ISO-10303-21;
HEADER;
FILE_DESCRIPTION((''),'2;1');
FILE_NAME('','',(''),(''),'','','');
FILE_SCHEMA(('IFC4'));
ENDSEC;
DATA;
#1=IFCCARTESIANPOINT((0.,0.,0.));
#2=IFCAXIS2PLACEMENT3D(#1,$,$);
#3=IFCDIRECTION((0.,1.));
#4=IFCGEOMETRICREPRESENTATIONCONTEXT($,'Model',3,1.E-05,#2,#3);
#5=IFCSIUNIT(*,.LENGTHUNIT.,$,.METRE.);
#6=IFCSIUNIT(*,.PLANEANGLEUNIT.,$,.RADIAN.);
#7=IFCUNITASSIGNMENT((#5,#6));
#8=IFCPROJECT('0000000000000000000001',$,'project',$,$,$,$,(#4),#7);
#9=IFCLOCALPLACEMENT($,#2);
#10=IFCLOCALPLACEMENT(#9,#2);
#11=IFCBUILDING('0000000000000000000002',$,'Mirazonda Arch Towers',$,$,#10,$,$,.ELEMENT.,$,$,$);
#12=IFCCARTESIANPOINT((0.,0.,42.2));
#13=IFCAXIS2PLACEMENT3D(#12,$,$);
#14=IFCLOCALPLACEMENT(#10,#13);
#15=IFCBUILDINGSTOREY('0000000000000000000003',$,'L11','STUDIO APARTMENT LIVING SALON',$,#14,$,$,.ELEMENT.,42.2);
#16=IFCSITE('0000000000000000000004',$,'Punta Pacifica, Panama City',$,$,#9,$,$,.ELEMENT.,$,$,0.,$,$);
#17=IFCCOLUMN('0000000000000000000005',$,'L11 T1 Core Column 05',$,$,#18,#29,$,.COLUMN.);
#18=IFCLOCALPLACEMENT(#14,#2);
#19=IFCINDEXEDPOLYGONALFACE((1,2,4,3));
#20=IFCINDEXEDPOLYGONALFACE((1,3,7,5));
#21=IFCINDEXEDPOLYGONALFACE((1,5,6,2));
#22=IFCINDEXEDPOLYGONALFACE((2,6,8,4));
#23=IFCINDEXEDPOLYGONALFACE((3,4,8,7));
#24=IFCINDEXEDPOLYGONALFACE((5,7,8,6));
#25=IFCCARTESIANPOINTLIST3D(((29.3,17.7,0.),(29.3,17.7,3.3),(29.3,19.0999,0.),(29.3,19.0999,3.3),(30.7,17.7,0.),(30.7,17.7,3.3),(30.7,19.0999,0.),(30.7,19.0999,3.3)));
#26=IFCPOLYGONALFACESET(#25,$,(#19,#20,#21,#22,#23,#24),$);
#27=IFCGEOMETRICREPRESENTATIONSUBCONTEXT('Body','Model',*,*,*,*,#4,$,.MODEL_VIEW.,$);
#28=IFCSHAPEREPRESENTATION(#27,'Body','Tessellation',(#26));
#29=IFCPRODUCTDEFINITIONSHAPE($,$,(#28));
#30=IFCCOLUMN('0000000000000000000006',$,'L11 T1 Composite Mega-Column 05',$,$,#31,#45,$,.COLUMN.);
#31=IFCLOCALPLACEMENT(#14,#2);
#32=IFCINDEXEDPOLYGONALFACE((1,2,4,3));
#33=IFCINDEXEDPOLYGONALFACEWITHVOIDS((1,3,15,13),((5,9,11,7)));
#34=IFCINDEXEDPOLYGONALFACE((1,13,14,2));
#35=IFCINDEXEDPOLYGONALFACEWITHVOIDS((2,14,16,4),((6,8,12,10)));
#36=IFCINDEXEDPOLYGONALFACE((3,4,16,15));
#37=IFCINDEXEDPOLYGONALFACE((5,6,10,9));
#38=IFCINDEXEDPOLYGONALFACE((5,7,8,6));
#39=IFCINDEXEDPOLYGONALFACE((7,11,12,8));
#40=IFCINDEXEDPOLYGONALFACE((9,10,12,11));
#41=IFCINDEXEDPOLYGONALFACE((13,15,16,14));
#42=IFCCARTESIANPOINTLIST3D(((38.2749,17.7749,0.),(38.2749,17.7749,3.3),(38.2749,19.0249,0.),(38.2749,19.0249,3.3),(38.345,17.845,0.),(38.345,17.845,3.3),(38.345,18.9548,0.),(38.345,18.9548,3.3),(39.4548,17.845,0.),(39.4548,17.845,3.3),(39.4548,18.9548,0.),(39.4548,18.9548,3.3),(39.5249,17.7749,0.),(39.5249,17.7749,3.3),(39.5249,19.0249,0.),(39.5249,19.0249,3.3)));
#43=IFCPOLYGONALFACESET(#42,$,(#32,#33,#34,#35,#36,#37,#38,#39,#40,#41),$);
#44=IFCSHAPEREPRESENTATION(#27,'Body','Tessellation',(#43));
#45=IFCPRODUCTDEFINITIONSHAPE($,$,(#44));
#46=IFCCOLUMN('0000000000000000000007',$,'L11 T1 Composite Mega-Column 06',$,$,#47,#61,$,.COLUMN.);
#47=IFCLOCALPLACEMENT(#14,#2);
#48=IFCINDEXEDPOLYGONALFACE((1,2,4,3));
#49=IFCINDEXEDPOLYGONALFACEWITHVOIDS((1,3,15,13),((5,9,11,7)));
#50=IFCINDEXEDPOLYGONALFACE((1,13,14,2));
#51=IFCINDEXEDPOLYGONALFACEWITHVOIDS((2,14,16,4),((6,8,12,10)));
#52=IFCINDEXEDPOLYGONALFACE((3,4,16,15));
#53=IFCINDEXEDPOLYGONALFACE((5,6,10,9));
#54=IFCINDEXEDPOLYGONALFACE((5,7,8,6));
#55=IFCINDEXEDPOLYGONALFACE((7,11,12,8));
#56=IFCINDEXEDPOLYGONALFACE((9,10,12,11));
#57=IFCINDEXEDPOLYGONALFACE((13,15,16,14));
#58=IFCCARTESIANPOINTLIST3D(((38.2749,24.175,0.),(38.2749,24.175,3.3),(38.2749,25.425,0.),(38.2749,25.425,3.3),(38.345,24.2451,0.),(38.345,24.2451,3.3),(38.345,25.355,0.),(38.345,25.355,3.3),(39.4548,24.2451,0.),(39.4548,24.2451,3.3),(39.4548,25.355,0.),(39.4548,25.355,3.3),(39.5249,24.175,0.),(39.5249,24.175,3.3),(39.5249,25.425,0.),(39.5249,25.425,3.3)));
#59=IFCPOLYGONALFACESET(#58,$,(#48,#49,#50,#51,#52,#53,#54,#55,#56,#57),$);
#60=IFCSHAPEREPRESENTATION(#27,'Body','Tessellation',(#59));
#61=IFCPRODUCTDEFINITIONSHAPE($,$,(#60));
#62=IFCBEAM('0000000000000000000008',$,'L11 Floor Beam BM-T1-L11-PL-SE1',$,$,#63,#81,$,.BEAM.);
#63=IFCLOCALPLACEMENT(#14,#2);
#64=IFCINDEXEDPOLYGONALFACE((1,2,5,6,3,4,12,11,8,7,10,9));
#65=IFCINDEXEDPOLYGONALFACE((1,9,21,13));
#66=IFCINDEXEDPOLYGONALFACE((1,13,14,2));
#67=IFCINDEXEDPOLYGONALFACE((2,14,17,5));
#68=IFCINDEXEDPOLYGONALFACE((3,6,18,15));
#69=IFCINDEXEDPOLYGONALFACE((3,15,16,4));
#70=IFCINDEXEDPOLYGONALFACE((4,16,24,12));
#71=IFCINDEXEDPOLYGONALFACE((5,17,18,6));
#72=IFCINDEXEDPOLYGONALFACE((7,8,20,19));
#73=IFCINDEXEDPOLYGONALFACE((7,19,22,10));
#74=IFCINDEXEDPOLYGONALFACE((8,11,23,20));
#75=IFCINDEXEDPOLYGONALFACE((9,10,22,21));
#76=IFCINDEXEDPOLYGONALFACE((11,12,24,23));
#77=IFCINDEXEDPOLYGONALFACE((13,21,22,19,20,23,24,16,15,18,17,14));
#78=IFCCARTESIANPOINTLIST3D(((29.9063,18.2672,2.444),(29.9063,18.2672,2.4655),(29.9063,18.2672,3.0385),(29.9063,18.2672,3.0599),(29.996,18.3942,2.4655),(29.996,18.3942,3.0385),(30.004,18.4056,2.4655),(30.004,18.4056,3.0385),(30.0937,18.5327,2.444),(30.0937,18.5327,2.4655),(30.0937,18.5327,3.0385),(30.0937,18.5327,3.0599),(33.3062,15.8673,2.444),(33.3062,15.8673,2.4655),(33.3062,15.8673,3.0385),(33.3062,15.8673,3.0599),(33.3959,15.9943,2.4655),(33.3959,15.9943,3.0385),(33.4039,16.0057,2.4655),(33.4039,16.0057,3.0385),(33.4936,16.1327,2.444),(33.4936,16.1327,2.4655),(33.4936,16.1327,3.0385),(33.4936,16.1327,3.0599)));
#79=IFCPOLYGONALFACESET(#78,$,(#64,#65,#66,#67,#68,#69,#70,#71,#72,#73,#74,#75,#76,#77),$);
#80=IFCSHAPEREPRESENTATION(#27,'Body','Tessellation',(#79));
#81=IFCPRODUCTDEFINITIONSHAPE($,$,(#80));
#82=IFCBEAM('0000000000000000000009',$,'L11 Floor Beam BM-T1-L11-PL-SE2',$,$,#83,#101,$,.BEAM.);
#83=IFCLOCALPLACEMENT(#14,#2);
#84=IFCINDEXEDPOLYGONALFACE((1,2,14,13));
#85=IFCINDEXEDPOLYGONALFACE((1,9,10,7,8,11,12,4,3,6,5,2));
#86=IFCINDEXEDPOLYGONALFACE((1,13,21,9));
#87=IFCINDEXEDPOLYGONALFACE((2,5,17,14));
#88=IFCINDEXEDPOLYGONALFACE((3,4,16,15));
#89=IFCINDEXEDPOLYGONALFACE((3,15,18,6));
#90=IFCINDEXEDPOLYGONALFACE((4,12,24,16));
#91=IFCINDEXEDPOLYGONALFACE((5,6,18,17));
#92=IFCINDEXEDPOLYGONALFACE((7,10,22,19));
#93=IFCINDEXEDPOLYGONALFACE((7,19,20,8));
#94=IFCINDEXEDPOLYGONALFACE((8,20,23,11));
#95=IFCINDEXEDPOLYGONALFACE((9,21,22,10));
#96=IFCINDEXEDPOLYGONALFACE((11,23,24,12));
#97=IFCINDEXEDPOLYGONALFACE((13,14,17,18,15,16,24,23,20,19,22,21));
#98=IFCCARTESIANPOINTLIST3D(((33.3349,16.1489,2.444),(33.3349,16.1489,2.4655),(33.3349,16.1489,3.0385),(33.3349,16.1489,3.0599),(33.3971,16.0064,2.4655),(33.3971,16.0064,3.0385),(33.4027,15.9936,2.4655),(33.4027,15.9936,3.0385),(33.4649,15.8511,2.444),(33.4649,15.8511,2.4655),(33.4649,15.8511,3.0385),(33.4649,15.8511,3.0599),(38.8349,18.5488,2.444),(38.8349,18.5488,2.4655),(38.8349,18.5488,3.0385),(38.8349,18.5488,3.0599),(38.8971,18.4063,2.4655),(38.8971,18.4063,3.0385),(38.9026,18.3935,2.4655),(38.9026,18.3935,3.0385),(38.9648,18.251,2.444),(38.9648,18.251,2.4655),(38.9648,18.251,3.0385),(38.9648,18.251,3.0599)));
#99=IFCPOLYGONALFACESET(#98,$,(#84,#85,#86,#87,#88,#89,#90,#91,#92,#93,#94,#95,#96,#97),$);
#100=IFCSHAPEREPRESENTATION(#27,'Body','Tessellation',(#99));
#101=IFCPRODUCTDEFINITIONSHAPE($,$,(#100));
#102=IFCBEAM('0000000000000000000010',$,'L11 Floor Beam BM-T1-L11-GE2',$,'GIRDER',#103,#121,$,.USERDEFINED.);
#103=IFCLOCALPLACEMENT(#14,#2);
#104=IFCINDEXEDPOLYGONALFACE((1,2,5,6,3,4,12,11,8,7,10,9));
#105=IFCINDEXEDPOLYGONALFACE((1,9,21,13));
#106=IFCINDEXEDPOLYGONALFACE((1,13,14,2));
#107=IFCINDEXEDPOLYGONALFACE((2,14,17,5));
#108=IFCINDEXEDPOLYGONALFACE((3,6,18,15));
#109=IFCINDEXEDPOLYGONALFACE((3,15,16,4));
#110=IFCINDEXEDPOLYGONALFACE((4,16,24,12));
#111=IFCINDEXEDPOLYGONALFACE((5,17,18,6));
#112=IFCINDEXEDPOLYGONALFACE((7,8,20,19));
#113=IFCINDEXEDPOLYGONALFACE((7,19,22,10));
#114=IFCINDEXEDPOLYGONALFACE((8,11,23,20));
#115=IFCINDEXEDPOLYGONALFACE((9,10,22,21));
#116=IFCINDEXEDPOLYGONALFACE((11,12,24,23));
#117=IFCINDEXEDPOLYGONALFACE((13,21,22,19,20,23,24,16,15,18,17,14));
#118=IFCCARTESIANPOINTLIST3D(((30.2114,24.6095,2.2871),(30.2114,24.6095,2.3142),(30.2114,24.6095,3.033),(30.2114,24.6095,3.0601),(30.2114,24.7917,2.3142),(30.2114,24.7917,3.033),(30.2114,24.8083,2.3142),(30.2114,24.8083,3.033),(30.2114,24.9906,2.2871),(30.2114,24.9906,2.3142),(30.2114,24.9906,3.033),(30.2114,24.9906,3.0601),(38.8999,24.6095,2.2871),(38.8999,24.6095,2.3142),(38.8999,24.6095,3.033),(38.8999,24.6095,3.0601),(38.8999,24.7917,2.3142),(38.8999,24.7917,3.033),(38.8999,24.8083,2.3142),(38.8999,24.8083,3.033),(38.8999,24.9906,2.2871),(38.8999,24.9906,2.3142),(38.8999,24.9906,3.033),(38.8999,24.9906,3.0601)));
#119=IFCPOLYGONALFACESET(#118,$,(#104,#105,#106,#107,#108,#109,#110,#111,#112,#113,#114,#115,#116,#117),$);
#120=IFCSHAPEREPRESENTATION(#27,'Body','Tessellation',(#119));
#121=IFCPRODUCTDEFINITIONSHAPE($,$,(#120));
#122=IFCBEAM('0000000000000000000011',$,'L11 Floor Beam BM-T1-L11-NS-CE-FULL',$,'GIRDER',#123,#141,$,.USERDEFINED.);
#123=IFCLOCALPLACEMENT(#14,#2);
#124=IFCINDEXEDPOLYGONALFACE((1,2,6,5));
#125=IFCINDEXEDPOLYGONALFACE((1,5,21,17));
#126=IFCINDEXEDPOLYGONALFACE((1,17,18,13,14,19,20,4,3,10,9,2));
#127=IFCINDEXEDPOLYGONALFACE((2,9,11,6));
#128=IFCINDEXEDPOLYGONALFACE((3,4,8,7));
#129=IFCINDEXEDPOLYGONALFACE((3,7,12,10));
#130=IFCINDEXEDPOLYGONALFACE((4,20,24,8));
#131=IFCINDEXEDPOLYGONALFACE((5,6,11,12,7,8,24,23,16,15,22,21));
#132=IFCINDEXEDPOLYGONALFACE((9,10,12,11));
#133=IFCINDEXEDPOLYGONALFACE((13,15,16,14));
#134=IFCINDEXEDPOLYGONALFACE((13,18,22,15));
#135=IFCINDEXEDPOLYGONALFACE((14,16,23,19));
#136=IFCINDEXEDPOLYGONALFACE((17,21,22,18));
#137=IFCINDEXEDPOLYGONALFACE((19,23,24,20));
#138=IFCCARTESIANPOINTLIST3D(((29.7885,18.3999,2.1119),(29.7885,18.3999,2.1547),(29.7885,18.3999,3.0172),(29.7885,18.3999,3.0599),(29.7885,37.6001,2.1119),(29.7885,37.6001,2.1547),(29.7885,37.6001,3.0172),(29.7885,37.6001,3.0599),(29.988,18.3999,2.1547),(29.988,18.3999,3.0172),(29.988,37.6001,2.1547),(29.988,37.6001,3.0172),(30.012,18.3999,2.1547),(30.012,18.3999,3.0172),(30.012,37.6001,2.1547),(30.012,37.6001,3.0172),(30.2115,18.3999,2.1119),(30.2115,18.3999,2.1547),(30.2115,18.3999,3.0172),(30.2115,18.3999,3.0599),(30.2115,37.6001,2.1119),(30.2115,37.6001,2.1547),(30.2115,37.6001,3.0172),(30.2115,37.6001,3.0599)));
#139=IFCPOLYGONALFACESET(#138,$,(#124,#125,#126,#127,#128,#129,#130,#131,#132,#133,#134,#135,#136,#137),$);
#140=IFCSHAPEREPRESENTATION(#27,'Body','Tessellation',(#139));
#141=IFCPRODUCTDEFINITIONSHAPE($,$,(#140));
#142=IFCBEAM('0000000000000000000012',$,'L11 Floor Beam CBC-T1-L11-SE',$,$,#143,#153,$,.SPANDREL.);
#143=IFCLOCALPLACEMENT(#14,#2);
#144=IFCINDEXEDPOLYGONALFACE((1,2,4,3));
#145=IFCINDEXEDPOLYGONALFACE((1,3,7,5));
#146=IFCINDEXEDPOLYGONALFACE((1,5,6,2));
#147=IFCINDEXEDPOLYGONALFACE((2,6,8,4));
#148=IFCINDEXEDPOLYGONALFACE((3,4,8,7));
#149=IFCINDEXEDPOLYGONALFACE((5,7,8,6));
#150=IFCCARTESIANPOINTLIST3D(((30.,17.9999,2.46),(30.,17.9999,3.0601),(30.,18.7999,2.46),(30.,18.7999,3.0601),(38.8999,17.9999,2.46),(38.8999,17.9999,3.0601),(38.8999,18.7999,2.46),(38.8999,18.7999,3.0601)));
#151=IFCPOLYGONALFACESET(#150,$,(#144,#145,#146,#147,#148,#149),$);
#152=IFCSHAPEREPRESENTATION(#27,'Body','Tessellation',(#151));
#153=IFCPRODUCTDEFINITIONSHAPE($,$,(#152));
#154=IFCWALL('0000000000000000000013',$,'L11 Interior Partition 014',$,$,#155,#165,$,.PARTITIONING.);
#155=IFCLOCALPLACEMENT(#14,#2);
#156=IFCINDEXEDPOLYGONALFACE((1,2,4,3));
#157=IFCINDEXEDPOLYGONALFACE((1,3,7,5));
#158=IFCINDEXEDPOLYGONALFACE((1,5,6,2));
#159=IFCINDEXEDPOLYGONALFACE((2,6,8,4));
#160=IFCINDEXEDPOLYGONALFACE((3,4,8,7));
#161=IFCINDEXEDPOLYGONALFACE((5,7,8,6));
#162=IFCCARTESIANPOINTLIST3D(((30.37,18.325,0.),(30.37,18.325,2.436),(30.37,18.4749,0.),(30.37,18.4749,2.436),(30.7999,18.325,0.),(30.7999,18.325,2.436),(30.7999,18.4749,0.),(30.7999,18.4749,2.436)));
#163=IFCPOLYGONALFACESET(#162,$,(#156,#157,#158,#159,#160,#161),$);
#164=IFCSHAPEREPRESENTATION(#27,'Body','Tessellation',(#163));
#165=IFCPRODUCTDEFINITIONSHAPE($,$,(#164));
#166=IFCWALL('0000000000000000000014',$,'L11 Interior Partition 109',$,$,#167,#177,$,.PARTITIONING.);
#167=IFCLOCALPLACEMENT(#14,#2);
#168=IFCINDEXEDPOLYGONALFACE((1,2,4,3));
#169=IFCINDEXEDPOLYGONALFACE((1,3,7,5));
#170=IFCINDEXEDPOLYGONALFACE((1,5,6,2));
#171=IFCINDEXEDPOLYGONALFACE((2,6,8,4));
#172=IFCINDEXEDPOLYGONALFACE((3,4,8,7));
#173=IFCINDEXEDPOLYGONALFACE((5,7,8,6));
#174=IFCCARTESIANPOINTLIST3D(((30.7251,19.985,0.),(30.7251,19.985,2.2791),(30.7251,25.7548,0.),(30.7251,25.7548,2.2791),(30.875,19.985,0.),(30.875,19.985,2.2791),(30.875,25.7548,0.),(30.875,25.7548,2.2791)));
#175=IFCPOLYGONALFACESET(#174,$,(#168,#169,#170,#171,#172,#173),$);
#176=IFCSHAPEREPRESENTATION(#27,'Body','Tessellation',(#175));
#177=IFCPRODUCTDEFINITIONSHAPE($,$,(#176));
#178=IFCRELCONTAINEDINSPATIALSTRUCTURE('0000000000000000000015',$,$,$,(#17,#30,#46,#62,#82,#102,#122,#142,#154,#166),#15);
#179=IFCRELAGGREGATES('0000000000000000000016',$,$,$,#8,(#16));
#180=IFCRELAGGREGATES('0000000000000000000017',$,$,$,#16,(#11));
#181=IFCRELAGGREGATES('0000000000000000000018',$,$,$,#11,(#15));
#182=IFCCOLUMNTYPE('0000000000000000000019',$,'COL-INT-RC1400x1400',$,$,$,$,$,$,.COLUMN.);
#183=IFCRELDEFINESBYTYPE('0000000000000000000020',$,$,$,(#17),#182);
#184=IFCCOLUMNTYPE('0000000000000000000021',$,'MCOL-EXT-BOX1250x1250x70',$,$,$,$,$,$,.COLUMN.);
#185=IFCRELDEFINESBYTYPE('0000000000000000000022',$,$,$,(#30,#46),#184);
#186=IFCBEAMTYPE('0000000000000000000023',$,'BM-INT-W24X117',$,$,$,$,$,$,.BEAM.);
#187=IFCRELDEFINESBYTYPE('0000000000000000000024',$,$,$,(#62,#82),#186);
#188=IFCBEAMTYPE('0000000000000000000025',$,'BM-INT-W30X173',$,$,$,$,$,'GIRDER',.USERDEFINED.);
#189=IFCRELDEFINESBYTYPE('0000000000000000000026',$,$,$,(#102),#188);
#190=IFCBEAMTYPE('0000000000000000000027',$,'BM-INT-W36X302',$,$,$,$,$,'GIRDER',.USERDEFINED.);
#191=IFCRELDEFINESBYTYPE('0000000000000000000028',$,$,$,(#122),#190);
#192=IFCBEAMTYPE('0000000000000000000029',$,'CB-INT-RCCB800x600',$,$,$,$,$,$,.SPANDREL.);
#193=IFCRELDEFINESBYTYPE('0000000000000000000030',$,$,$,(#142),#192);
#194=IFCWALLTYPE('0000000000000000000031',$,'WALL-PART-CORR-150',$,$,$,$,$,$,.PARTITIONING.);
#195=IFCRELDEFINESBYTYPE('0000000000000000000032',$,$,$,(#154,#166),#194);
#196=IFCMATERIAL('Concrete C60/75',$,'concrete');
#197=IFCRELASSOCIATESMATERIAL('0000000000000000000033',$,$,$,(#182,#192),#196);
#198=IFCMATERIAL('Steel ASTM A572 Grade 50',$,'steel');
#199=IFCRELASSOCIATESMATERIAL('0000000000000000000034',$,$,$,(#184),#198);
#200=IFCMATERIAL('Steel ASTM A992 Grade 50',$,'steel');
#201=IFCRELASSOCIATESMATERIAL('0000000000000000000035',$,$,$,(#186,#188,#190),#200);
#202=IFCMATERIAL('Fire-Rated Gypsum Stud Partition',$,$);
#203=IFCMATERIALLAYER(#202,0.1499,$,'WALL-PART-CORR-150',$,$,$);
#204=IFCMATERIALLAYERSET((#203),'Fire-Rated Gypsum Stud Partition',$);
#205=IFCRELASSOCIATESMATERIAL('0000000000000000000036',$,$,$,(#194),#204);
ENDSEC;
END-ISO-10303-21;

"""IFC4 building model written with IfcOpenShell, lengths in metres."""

from ifc_helpers import new_model, si_unit, direction, frame, frame_2d, origin, origin_2d, place, context, subcontext, project, spatial, rectangle, hollow_rectangle, i_section, extrude, material, layer, layer_set, material_profile, profile_set, type_object, element, save


model = new_model("IFC4")

# Units and contexts
model_context = context("Model", 3, precision=1e-05, world=origin(), true_north=direction((0.0, 1.0)))
body_context = subcontext(model_context, "Body", "Model", "MODEL_VIEW")
ifc_project = project(units=[si_unit("LENGTHUNIT", "METRE"), si_unit("PLANEANGLEUNIT", "RADIAN")], contexts=[model_context])

# Site, building, storey
site_placement = place(None, origin())
site = spatial("IfcSite", under=ifc_project, at=site_placement, Name="Punta Pacifica, Panama City", CompositionType="ELEMENT", RefElevation=0.0)
building_placement = place(site_placement, origin())
building = spatial("IfcBuilding", under=site, at=building_placement, Name="Mirazonda Arch Towers", CompositionType="ELEMENT")
storey_placement = place(building_placement, frame((0.0, 0.0, 42.2)))
storey = spatial("IfcBuildingStorey", under=building, at=storey_placement, Name="L11", Description="STUDIO APARTMENT LIVING SALON", CompositionType="ELEMENT", Elevation=42.2)

# Columns
ifc_material_1 = material(Name="Concrete C60/75", Category="concrete")
ifc_material_profile_1 = material_profile(ifc_material_1, rectangle(XDim=1.3999, YDim=1.3999, at=origin_2d()), Name="RC1400x1400")
ifc_profile_set_1 = profile_set([ifc_material_profile_1], Name="Concrete C60/75")
column_type_1 = type_object("IfcColumnType", Name="COL-INT-RC1400x1400", PredefinedType="COLUMN", material=ifc_profile_set_1)
column_placement = place(storey_placement, frame((30.0, 18.3999, 0.0), z_axis=(0.0, 0.0, 1.0), x_axis=(1.0, 0.0, 0.0)))
element("IfcColumn", 1, at=column_placement, inside=storey, type_object=column_type_1, Name="L11 T1 Core Column 05", PredefinedType="COLUMN", context=body_context, shape_type="SweptSolid", body=[
    extrude(rectangle(XDim=1.3999, YDim=1.3999, at=origin_2d()), origin(), (0.0, 0.0, 1.0), 3.3),
])
ifc_material_2 = material(Name="Steel ASTM A572 Grade 50", Category="steel")
ifc_material_profile_2 = material_profile(ifc_material_2, hollow_rectangle(XDim=1.25, YDim=1.25, WallThickness=0.0701, at=origin_2d()), Name="BOX1250x1250x70")
ifc_profile_set_2 = profile_set([ifc_material_profile_2], Name="Steel ASTM A572 Grade 50")
column_type_2 = type_object("IfcColumnType", Name="MCOL-EXT-BOX1250x1250x70", PredefinedType="COLUMN", material=ifc_profile_set_2)
for number, where, z_axis, x_axis, name in (
    (2, (38.8999, 18.3999, 0.0), (0.0, 0.0, 1.0), (1.0, 0.0, 0.0), "L11 T1 Composite Mega-Column 05"),
    (3, (38.8999, 24.8, 0.0), (0.0, 0.0, 1.0), (1.0, 0.0, 0.0), "L11 T1 Composite Mega-Column 06"),
):
    element("IfcColumn", number, at=place(storey_placement, frame(where, z_axis=z_axis, x_axis=x_axis)), inside=storey, type_object=column_type_2, Name=name, PredefinedType="COLUMN", context=body_context, shape_type="SweptSolid", body=[
        extrude(hollow_rectangle(XDim=1.25, YDim=1.25, WallThickness=0.0701, at=origin_2d()), origin(), (0.0, 0.0, 1.0), 3.3),
    ])

# Beams
ifc_material_3 = material(Name="Steel ASTM A992 Grade 50", Category="steel")
ifc_material_profile_3 = material_profile(ifc_material_3, i_section(OverallWidth=0.325, OverallDepth=0.616, WebThickness=0.0139, FlangeThickness=0.0215, at=origin_2d()), Name="W24X117")
ifc_profile_set_3 = profile_set([ifc_material_profile_3], Name="Steel ASTM A992 Grade 50")
beam_type_1 = type_object("IfcBeamType", Name="BM-INT-W24X117", PredefinedType="BEAM", material=ifc_profile_set_3)
beam_1_placement = place(storey_placement, frame((33.3999, 16.0, 2.752), z_axis=(-0.816971, 0.576679, 0.0), x_axis=(-0.576679, -0.816971, 0.0)))
element("IfcBeam", 4, at=beam_1_placement, inside=storey, type_object=beam_type_1, Name="L11 Floor Beam BM-T1-L11-PL-SE1", PredefinedType="BEAM", context=body_context, shape_type="SweptSolid", body=[
    extrude(i_section(OverallWidth=0.325, OverallDepth=0.616, WebThickness=0.0139, FlangeThickness=0.0215, at=origin_2d()), origin(), (0.0, 0.0, 1.0), 4.1616),
])
beam_2_placement = place(storey_placement, frame((33.3999, 16.0, 2.752), z_axis=(0.916545, 0.399931, 0.0), x_axis=(-0.399931, 0.916545, 0.0)))
element("IfcBeam", 5, at=beam_2_placement, inside=storey, type_object=beam_type_1, Name="L11 Floor Beam BM-T1-L11-PL-SE2", PredefinedType="BEAM", context=body_context, shape_type="SweptSolid", body=[
    extrude(i_section(OverallWidth=0.325, OverallDepth=0.616, WebThickness=0.0139, FlangeThickness=0.0215, at=origin_2d()), origin(), (0.0, 0.0, 1.0), 6.0007),
])
ifc_material_profile_4 = material_profile(ifc_material_3, i_section(OverallWidth=0.3811, OverallDepth=0.7729, WebThickness=0.0166, FlangeThickness=0.0271, at=origin_2d()), Name="W30X173")
ifc_profile_set_4 = profile_set([ifc_material_profile_4], Name="Steel ASTM A992 Grade 50")
beam_type_2 = type_object("IfcBeamType", Name="BM-INT-W30X173", ElementType="GIRDER", PredefinedType="USERDEFINED", material=ifc_profile_set_4)
beam_3_placement = place(storey_placement, frame((30.2114, 24.8, 2.6736), z_axis=(1.0, 0.0, 0.0), x_axis=(0.0, 1.0, 0.0)))
element("IfcBeam", 6, at=beam_3_placement, inside=storey, type_object=beam_type_2, Name="L11 Floor Beam BM-T1-L11-GE2", ObjectType="GIRDER", PredefinedType="USERDEFINED", context=body_context, shape_type="SweptSolid", body=[
    extrude(i_section(OverallWidth=0.3811, OverallDepth=0.7729, WebThickness=0.0166, FlangeThickness=0.0271, at=origin_2d()), origin(), (0.0, 0.0, 1.0), 8.6885),
])
ifc_material_profile_5 = material_profile(ifc_material_3, i_section(OverallWidth=0.4231, OverallDepth=0.948, WebThickness=0.0239, FlangeThickness=0.0427, at=origin_2d()), Name="W36X302")
ifc_profile_set_5 = profile_set([ifc_material_profile_5], Name="Steel ASTM A992 Grade 50")
beam_type_3 = type_object("IfcBeamType", Name="BM-INT-W36X302", ElementType="GIRDER", PredefinedType="USERDEFINED", material=ifc_profile_set_5)
beam_4_placement = place(storey_placement, frame((30.0, 18.3999, 2.5859), z_axis=(0.0, 1.0, 0.0), x_axis=(-1.0, 0.0, 0.0)))
element("IfcBeam", 7, at=beam_4_placement, inside=storey, type_object=beam_type_3, Name="L11 Floor Beam BM-T1-L11-NS-CE-FULL", ObjectType="GIRDER", PredefinedType="USERDEFINED", context=body_context, shape_type="SweptSolid", body=[
    extrude(i_section(OverallWidth=0.4231, OverallDepth=0.948, WebThickness=0.0239, FlangeThickness=0.0427, at=origin_2d()), origin(), (0.0, 0.0, 1.0), 19.2002),
])
ifc_material_profile_6 = material_profile(ifc_material_1, rectangle(XDim=0.8, YDim=0.6001, at=origin_2d()), Name="RCCB800x600")
ifc_profile_set_6 = profile_set([ifc_material_profile_6], Name="Concrete C60/75")
beam_type_4 = type_object("IfcBeamType", Name="CB-INT-RCCB800x600", PredefinedType="SPANDREL", material=ifc_profile_set_6)
beam_5_placement = place(storey_placement, frame((30.0, 18.3999, 2.76), z_axis=(1.0, 0.0, 0.0), x_axis=(0.0, 1.0, 0.0)))
element("IfcBeam", 8, at=beam_5_placement, inside=storey, type_object=beam_type_4, Name="L11 Floor Beam CBC-T1-L11-SE", PredefinedType="SPANDREL", context=body_context, shape_type="SweptSolid", body=[
    extrude(rectangle(XDim=0.8, YDim=0.6001, at=origin_2d()), origin(), (0.0, 0.0, 1.0), 8.8999),
])

# Walls
ifc_material_4 = material(Name="Fire-Rated Gypsum Stud Partition")
ifc_layer_1 = layer(ifc_material_4, 0.1499, Name="WALL-PART-CORR-150")
ifc_layer_set_1 = layer_set([ifc_layer_1], Name="Fire-Rated Gypsum Stud Partition")
wall_type_1 = type_object("IfcWallType", Name="WALL-PART-CORR-150", PredefinedType="PARTITIONING", material=ifc_layer_set_1)
wall_1_placement = place(storey_placement, frame((30.3701, 18.3999, 0.0), z_axis=(0.0, 0.0, 1.0), x_axis=(1.0, 0.0, 0.0)))
element("IfcWall", 9, at=wall_1_placement, inside=storey, type_object=wall_type_1, Name="L11 Interior Partition 014", PredefinedType="PARTITIONING", context=body_context, shape_type="SweptSolid", body=[
    extrude(rectangle(XDim=0.4299, YDim=0.1499, at=frame_2d((0.2148, 0.0))), origin(), (0.0, 0.0, 1.0), 2.436),
])
wall_2_placement = place(storey_placement, frame((30.8, 19.9851, 0.0), z_axis=(0.0, 0.0, 1.0), x_axis=(0.0, 1.0, 0.0)))
element("IfcWall", 10, at=wall_2_placement, inside=storey, type_object=wall_type_1, Name="L11 Interior Partition 109", PredefinedType="PARTITIONING", context=body_context, shape_type="SweptSolid", body=[
    extrude(rectangle(XDim=5.7698, YDim=0.1499, at=frame_2d((2.8848, 0.0))), origin(), (0.0, 0.0, 1.0), 2.2791),
])

save(model, "model.ifc")
